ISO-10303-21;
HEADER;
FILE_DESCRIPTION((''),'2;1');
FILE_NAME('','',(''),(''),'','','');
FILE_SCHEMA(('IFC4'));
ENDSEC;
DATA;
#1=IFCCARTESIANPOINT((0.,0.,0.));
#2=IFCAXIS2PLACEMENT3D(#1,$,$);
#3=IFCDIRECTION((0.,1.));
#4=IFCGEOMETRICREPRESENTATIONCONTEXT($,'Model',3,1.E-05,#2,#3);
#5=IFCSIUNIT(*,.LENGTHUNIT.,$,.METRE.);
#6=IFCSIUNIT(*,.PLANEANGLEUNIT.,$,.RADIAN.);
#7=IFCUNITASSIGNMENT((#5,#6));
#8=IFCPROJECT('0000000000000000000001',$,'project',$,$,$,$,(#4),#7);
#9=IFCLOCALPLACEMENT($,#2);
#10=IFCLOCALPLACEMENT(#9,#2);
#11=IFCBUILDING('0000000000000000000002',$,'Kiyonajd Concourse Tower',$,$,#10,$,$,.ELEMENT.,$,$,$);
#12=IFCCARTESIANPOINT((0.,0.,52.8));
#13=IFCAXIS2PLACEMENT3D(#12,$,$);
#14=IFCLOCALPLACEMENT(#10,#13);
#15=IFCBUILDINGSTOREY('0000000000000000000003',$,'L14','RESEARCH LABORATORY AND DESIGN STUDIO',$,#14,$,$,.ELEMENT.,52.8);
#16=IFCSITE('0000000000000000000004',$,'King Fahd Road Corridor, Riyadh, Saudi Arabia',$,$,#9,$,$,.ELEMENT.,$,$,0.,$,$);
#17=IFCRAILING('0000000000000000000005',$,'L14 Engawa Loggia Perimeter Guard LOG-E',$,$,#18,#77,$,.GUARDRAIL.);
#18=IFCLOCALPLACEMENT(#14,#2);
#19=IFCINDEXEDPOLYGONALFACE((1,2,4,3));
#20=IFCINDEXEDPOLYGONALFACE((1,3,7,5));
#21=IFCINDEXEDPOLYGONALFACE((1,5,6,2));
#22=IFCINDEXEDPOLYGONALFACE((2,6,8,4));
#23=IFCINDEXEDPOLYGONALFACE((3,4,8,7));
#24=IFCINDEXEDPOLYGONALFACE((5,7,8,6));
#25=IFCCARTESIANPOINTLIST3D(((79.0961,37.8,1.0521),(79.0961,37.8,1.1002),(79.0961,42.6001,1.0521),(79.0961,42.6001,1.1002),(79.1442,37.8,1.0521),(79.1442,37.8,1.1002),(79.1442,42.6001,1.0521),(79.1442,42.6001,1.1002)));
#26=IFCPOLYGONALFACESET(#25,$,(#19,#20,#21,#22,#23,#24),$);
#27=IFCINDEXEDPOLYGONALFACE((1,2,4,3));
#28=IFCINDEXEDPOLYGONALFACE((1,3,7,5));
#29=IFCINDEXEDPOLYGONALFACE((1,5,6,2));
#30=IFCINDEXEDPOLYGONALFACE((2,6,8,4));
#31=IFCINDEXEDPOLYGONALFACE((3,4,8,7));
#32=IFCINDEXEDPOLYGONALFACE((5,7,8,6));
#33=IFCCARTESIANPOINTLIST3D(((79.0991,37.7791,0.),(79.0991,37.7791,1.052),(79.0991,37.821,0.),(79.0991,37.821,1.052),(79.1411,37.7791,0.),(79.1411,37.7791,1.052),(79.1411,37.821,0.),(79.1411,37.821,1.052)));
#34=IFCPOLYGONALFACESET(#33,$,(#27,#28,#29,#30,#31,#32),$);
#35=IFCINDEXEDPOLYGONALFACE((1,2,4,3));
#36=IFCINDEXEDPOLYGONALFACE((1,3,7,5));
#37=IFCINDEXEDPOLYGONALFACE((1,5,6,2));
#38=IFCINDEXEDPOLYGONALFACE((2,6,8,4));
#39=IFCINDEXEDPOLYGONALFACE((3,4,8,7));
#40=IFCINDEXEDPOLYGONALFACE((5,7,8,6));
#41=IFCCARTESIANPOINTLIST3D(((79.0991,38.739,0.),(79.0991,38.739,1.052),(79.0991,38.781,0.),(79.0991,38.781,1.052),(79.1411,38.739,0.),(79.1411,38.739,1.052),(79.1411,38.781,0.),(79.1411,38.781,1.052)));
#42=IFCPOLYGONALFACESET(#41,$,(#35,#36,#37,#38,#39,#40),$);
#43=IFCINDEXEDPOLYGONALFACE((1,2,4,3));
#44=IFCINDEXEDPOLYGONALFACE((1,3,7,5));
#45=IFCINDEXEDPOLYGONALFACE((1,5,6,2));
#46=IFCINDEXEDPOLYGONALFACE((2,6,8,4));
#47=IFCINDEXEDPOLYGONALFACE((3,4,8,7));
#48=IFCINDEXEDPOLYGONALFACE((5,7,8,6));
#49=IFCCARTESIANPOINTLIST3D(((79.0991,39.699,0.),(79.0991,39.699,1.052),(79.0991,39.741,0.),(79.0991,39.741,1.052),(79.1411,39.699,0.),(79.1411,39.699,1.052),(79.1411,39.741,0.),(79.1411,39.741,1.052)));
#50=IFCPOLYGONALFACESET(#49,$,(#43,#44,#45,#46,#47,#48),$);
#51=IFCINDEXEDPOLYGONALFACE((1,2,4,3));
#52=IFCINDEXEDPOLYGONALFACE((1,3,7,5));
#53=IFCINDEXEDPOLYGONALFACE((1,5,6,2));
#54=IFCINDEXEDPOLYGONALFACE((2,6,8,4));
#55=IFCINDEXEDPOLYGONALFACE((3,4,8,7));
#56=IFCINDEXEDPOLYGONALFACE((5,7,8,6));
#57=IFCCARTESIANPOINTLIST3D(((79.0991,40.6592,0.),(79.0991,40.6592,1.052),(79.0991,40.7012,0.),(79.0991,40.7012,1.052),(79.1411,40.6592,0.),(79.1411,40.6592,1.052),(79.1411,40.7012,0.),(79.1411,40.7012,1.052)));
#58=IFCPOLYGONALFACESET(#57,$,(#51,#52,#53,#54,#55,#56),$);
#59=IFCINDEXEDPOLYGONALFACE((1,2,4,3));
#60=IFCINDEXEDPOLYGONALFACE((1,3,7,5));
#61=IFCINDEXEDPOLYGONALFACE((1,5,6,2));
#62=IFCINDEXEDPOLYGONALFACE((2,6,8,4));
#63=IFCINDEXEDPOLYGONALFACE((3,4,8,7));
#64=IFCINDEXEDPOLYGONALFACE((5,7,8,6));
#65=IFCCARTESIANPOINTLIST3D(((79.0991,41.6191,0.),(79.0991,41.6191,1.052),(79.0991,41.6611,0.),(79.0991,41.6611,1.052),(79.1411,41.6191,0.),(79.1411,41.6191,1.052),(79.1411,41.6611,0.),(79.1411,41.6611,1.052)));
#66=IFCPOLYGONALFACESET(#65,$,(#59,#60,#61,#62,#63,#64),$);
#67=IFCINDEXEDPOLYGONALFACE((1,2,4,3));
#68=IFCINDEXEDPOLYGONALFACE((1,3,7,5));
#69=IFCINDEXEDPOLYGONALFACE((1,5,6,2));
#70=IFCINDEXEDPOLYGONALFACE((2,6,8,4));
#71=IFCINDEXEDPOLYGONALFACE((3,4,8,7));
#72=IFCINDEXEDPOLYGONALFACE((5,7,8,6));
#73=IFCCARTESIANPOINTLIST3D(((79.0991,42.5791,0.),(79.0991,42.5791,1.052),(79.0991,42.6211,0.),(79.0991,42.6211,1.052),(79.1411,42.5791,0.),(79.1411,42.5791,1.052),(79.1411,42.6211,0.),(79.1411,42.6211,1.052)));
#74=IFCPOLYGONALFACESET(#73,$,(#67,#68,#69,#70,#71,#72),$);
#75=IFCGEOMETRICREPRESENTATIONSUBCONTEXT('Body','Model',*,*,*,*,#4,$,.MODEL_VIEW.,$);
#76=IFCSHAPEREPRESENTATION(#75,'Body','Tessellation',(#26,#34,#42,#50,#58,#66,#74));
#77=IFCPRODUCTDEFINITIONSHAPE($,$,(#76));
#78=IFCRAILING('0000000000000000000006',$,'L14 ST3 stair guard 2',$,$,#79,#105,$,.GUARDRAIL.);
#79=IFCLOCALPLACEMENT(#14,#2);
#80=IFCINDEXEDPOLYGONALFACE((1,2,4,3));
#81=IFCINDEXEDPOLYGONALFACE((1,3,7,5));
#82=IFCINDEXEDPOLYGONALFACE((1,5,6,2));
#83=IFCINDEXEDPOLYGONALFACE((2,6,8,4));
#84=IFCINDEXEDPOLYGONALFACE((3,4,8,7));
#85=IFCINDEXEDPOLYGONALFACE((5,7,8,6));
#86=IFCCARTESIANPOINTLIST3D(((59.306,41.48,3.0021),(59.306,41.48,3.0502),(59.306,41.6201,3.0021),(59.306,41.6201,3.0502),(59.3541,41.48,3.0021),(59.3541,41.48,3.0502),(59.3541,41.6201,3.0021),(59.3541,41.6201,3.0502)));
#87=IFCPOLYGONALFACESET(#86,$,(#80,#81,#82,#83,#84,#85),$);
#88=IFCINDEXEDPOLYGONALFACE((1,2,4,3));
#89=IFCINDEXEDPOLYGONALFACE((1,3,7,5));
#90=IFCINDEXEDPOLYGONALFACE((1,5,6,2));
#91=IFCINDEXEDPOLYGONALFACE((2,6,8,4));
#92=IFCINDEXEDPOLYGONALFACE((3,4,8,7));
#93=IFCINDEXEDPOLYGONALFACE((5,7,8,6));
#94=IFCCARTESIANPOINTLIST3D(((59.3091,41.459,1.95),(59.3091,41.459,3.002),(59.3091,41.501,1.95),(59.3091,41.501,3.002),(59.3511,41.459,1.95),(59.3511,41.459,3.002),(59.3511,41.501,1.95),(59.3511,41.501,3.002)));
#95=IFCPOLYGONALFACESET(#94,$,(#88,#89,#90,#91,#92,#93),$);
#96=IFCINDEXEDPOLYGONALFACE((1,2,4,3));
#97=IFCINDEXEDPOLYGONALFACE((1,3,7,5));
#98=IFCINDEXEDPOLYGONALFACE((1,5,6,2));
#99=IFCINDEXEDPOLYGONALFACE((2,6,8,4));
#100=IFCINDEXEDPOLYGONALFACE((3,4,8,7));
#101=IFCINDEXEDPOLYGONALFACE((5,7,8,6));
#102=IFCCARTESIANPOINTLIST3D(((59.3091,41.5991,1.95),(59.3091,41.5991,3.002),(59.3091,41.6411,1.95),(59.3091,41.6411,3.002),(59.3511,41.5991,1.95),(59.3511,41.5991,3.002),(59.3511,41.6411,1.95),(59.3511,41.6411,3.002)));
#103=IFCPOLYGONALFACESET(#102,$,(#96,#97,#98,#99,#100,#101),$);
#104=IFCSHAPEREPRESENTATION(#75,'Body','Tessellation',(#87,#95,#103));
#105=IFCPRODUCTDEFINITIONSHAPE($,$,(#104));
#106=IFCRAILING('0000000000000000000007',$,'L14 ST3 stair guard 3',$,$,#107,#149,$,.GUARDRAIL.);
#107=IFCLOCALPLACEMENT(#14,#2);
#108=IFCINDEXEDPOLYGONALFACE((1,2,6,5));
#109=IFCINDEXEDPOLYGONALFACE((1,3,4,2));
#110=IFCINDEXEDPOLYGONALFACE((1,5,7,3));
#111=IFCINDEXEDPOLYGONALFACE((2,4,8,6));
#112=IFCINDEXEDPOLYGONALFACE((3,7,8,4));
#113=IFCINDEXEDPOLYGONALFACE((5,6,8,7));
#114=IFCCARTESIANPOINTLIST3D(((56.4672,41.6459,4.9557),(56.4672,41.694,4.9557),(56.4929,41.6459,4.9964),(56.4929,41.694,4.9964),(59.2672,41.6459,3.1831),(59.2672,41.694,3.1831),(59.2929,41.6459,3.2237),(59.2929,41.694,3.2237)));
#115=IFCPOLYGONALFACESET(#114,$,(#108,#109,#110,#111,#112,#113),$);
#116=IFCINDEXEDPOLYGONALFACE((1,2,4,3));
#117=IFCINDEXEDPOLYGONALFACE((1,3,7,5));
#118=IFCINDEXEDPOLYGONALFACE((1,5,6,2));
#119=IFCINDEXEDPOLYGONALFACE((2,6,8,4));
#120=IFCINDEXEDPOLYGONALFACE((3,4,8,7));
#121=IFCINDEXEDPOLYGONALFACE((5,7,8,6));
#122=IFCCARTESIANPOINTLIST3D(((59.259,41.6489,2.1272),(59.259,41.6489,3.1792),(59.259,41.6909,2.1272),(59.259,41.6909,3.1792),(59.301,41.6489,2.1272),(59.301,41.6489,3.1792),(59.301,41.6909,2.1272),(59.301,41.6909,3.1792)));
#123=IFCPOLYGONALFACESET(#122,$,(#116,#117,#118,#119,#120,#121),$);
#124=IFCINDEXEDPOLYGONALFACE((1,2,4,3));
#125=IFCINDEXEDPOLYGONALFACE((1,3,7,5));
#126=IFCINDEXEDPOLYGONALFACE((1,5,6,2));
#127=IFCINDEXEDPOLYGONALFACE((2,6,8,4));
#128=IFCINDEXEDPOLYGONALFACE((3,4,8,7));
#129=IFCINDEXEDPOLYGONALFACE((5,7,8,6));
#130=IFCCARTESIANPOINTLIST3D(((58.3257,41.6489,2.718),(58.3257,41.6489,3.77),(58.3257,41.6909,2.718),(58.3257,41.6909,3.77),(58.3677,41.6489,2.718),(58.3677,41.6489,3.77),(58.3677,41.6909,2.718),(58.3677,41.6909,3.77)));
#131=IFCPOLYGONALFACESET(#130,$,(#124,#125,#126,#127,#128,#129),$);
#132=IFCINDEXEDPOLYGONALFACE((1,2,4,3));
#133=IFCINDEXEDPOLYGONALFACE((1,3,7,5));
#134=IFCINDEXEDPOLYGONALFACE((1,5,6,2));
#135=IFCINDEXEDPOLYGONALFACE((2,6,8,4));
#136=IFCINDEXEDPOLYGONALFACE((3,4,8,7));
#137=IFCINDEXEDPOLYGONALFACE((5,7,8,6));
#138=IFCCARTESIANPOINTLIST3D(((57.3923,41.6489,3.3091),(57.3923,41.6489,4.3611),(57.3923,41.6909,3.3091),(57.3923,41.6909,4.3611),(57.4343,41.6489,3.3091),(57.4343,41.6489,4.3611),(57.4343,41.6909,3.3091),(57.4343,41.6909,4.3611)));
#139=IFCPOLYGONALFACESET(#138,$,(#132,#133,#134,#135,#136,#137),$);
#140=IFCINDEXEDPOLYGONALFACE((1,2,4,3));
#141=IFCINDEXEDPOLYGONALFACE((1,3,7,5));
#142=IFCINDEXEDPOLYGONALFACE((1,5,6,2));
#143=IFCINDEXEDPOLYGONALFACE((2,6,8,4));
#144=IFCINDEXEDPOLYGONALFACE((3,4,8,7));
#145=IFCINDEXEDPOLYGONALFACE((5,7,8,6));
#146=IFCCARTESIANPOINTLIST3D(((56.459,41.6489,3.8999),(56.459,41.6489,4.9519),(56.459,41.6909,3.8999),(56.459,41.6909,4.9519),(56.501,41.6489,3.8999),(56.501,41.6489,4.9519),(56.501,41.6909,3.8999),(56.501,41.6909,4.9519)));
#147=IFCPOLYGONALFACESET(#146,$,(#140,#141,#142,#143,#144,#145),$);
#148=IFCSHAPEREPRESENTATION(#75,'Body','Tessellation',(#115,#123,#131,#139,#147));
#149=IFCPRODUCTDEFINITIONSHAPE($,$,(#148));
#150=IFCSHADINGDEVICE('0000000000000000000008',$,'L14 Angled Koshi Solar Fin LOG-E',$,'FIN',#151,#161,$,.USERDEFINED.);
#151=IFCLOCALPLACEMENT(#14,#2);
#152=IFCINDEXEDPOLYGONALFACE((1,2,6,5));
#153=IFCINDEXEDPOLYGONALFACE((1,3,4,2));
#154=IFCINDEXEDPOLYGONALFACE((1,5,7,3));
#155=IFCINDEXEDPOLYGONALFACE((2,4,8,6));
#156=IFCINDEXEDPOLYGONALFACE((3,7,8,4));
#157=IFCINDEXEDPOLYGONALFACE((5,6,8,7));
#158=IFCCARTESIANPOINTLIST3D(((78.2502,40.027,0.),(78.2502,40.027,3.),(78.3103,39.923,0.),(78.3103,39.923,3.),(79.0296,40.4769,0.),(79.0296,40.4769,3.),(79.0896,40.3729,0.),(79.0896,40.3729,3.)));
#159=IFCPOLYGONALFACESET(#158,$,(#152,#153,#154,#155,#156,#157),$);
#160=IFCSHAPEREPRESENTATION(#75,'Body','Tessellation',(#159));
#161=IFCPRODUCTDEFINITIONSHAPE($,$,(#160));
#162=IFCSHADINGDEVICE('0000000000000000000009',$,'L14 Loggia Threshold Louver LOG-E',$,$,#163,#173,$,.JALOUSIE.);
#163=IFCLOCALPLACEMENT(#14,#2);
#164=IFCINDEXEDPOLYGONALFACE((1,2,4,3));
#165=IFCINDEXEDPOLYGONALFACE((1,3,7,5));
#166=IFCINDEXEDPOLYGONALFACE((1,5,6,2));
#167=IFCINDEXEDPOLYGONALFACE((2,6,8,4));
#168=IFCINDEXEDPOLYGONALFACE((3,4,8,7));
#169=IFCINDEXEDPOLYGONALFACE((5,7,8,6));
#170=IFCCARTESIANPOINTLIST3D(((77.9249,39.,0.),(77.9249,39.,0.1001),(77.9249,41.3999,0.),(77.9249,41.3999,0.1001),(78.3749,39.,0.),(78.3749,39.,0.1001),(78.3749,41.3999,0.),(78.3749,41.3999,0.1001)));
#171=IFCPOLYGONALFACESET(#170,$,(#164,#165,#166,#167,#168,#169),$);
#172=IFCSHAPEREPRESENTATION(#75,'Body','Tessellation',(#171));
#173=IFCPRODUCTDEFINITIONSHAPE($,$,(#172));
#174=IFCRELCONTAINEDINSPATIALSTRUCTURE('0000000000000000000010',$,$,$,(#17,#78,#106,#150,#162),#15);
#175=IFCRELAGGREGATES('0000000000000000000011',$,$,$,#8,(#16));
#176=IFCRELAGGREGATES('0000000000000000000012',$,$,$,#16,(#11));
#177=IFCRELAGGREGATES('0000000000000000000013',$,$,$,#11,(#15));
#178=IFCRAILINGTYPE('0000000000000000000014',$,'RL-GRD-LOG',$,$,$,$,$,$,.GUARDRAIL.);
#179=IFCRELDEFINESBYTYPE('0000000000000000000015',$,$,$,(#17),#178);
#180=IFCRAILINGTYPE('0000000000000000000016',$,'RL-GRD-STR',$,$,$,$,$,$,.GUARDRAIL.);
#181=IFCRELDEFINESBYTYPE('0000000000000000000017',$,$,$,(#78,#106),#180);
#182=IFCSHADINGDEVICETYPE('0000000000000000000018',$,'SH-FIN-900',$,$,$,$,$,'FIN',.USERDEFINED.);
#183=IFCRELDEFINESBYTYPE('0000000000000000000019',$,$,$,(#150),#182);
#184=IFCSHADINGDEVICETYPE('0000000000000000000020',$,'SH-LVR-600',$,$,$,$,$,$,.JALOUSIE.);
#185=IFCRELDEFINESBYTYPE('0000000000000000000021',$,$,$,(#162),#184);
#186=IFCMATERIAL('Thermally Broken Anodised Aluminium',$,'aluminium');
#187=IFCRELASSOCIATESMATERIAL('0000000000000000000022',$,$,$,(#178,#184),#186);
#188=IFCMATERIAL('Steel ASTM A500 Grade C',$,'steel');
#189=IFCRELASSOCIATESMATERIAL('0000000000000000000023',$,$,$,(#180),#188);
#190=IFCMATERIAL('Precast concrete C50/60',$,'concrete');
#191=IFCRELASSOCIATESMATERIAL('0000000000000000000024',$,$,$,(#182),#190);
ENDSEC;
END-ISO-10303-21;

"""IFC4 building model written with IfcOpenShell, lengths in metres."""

from ifc_helpers import new_model, si_unit, direction, frame, origin, origin_2d, place, context, subcontext, project, spatial, rectangle, extrude, material, type_object, element, save


model = new_model("IFC4")

# Units and contexts
model_context = context("Model", 3, precision=1e-05, world=origin(), true_north=direction((0.0, 1.0)))
body_context = subcontext(model_context, "Body", "Model", "MODEL_VIEW")
ifc_project = project(units=[si_unit("LENGTHUNIT", "METRE"), si_unit("PLANEANGLEUNIT", "RADIAN")], contexts=[model_context])

# Site, building, storey
site_placement = place(None, origin())
site = spatial("IfcSite", under=ifc_project, at=site_placement, Name="King Fahd Road Corridor, Riyadh, Saudi Arabia", CompositionType="ELEMENT", RefElevation=0.0)
building_placement = place(site_placement, origin())
building = spatial("IfcBuilding", under=site, at=building_placement, Name="Kiyonajd Concourse Tower", CompositionType="ELEMENT")
storey_placement = place(building_placement, frame((0.0, 0.0, 52.8)))
storey = spatial("IfcBuildingStorey", under=building, at=storey_placement, Name="L14", Description="RESEARCH LABORATORY AND DESIGN STUDIO", CompositionType="ELEMENT", Elevation=52.8)

# Shared definitions
ifc_material_1 = material(Name="Precast concrete C50/60", Category="concrete")

# Shared definitions
ifc_material_2 = material(Name="Thermally Broken Anodised Aluminium", Category="aluminium")

# Railings
railing_type_1 = type_object("IfcRailingType", Name="RL-GRD-LOG", PredefinedType="GUARDRAIL", material=ifc_material_2)
railing_1_placement = place(storey_placement, frame((79.1201, 37.8, 0.0)))
element("IfcRailing", 1, at=railing_1_placement, inside=storey, type_object=railing_type_1, Name="L14 Engawa Loggia Perimeter Guard LOG-E", PredefinedType="GUARDRAIL", context=body_context, shape_type="SweptSolid", body=[
    extrude(rectangle(XDim=0.0481, YDim=0.0481, at=origin_2d()), frame((0.0, 0.0, 1.0762), z_axis=(0.0, 1.0, 0.0), x_axis=(-1.0, 0.0, 0.0)), (0.0, 0.0, 1.0), 4.8),
    extrude(rectangle(XDim=0.042, YDim=0.042, at=origin_2d()), origin(), (0.0, 0.0, 1.0), 1.052),
    extrude(rectangle(XDim=0.042, YDim=0.042, at=origin_2d()), frame((0.0, 0.96, 0.0)), (0.0, 0.0, 1.0), 1.052),
    extrude(rectangle(XDim=0.042, YDim=0.042, at=origin_2d()), frame((0.0, 1.9199, 0.0)), (0.0, 0.0, 1.0), 1.052),
    extrude(rectangle(XDim=0.042, YDim=0.042, at=origin_2d()), frame((0.0, 2.8801, 0.0)), (0.0, 0.0, 1.0), 1.052),
    extrude(rectangle(XDim=0.042, YDim=0.042, at=origin_2d()), frame((0.0, 3.8401, 0.0)), (0.0, 0.0, 1.0), 1.052),
    extrude(rectangle(XDim=0.042, YDim=0.042, at=origin_2d()), frame((0.0, 4.8, 0.0)), (0.0, 0.0, 1.0), 1.052),
])
ifc_material_3 = material(Name="Steel ASTM A500 Grade C", Category="steel")
railing_type_2 = type_object("IfcRailingType", Name="RL-GRD-STR", PredefinedType="GUARDRAIL", material=ifc_material_3)
railing_2_placement = place(storey_placement, frame((59.3301, 41.48, 1.95)))
element("IfcRailing", 2, at=railing_2_placement, inside=storey, type_object=railing_type_2, Name="L14 ST3 stair guard 2", PredefinedType="GUARDRAIL", context=body_context, shape_type="SweptSolid", body=[
    extrude(rectangle(XDim=0.0481, YDim=0.0481, at=origin_2d()), frame((0.0, 0.0, 1.0762), z_axis=(0.0, 1.0, 0.0), x_axis=(-1.0, 0.0, 0.0)), (0.0, 0.0, 1.0), 0.1401),
    extrude(rectangle(XDim=0.042, YDim=0.042, at=origin_2d()), origin(), (0.0, 0.0, 1.0), 1.052),
    extrude(rectangle(XDim=0.042, YDim=0.042, at=origin_2d()), frame((0.0, 0.1401, 0.0)), (0.0, 0.0, 1.0), 1.052),
])
railing_3_placement = place(storey_placement, frame((59.28, 41.6699, 2.1272)))
element("IfcRailing", 3, at=railing_3_placement, inside=storey, type_object=railing_type_2, Name="L14 ST3 stair guard 3", PredefinedType="GUARDRAIL", context=body_context, shape_type="SweptSolid", body=[
    extrude(rectangle(XDim=0.0481, YDim=0.0481, at=origin_2d()), frame((0.0, 0.0, 1.0762), z_axis=(-0.844909, 0.0, 0.53491), x_axis=(0.0, -1.0, 0.0)), (0.0, 0.0, 1.0), 3.314),
    extrude(rectangle(XDim=0.042, YDim=0.042, at=origin_2d()), origin(), (0.0, 0.0, 1.0), 1.052),
    extrude(rectangle(XDim=0.042, YDim=0.042, at=origin_2d()), frame((-0.9333, 0.0, 0.5908)), (0.0, 0.0, 1.0), 1.052),
    extrude(rectangle(XDim=0.042, YDim=0.042, at=origin_2d()), frame((-1.8667, 0.0, 1.1819)), (0.0, 0.0, 1.0), 1.052),
    extrude(rectangle(XDim=0.042, YDim=0.042, at=origin_2d()), frame((-2.8, 0.0, 1.7727)), (0.0, 0.0, 1.0), 1.052),
])

# Shading devices
shading_device_type_1 = type_object("IfcShadingDeviceType", Name="SH-FIN-900", ElementType="FIN", PredefinedType="USERDEFINED", material=ifc_material_1)
shading_device_1_placement = place(storey_placement, frame((78.6699, 40.2, 0.0), z_axis=(0.0, 0.0, 1.0), x_axis=(0.866025, 0.5, 0.0)))
element("IfcShadingDevice", 4, at=shading_device_1_placement, inside=storey, type_object=shading_device_type_1, Name="L14 Angled Koshi Solar Fin LOG-E", ObjectType="FIN", PredefinedType="USERDEFINED", context=body_context, shape_type="SweptSolid", body=[
    extrude(rectangle(XDim=0.8999, YDim=0.1201, at=origin_2d()), origin(), (0.0, 0.0, 1.0), 3.0),
])
shading_device_type_2 = type_object("IfcShadingDeviceType", Name="SH-LVR-600", PredefinedType="JALOUSIE", material=ifc_material_2)
shading_device_2_placement = place(storey_placement, frame((78.1499, 40.2, 0.0), z_axis=(0.0, 0.0, 1.0), x_axis=(0.0, 1.0, 0.0)))
element("IfcShadingDevice", 5, at=shading_device_2_placement, inside=storey, type_object=shading_device_type_2, Name="L14 Loggia Threshold Louver LOG-E", PredefinedType="JALOUSIE", context=body_context, shape_type="SweptSolid", body=[
    extrude(rectangle(XDim=2.3999, YDim=0.45, at=origin_2d()), origin(), (0.0, 0.0, 1.0), 0.1001),
])

save(model, "model.ifc")
